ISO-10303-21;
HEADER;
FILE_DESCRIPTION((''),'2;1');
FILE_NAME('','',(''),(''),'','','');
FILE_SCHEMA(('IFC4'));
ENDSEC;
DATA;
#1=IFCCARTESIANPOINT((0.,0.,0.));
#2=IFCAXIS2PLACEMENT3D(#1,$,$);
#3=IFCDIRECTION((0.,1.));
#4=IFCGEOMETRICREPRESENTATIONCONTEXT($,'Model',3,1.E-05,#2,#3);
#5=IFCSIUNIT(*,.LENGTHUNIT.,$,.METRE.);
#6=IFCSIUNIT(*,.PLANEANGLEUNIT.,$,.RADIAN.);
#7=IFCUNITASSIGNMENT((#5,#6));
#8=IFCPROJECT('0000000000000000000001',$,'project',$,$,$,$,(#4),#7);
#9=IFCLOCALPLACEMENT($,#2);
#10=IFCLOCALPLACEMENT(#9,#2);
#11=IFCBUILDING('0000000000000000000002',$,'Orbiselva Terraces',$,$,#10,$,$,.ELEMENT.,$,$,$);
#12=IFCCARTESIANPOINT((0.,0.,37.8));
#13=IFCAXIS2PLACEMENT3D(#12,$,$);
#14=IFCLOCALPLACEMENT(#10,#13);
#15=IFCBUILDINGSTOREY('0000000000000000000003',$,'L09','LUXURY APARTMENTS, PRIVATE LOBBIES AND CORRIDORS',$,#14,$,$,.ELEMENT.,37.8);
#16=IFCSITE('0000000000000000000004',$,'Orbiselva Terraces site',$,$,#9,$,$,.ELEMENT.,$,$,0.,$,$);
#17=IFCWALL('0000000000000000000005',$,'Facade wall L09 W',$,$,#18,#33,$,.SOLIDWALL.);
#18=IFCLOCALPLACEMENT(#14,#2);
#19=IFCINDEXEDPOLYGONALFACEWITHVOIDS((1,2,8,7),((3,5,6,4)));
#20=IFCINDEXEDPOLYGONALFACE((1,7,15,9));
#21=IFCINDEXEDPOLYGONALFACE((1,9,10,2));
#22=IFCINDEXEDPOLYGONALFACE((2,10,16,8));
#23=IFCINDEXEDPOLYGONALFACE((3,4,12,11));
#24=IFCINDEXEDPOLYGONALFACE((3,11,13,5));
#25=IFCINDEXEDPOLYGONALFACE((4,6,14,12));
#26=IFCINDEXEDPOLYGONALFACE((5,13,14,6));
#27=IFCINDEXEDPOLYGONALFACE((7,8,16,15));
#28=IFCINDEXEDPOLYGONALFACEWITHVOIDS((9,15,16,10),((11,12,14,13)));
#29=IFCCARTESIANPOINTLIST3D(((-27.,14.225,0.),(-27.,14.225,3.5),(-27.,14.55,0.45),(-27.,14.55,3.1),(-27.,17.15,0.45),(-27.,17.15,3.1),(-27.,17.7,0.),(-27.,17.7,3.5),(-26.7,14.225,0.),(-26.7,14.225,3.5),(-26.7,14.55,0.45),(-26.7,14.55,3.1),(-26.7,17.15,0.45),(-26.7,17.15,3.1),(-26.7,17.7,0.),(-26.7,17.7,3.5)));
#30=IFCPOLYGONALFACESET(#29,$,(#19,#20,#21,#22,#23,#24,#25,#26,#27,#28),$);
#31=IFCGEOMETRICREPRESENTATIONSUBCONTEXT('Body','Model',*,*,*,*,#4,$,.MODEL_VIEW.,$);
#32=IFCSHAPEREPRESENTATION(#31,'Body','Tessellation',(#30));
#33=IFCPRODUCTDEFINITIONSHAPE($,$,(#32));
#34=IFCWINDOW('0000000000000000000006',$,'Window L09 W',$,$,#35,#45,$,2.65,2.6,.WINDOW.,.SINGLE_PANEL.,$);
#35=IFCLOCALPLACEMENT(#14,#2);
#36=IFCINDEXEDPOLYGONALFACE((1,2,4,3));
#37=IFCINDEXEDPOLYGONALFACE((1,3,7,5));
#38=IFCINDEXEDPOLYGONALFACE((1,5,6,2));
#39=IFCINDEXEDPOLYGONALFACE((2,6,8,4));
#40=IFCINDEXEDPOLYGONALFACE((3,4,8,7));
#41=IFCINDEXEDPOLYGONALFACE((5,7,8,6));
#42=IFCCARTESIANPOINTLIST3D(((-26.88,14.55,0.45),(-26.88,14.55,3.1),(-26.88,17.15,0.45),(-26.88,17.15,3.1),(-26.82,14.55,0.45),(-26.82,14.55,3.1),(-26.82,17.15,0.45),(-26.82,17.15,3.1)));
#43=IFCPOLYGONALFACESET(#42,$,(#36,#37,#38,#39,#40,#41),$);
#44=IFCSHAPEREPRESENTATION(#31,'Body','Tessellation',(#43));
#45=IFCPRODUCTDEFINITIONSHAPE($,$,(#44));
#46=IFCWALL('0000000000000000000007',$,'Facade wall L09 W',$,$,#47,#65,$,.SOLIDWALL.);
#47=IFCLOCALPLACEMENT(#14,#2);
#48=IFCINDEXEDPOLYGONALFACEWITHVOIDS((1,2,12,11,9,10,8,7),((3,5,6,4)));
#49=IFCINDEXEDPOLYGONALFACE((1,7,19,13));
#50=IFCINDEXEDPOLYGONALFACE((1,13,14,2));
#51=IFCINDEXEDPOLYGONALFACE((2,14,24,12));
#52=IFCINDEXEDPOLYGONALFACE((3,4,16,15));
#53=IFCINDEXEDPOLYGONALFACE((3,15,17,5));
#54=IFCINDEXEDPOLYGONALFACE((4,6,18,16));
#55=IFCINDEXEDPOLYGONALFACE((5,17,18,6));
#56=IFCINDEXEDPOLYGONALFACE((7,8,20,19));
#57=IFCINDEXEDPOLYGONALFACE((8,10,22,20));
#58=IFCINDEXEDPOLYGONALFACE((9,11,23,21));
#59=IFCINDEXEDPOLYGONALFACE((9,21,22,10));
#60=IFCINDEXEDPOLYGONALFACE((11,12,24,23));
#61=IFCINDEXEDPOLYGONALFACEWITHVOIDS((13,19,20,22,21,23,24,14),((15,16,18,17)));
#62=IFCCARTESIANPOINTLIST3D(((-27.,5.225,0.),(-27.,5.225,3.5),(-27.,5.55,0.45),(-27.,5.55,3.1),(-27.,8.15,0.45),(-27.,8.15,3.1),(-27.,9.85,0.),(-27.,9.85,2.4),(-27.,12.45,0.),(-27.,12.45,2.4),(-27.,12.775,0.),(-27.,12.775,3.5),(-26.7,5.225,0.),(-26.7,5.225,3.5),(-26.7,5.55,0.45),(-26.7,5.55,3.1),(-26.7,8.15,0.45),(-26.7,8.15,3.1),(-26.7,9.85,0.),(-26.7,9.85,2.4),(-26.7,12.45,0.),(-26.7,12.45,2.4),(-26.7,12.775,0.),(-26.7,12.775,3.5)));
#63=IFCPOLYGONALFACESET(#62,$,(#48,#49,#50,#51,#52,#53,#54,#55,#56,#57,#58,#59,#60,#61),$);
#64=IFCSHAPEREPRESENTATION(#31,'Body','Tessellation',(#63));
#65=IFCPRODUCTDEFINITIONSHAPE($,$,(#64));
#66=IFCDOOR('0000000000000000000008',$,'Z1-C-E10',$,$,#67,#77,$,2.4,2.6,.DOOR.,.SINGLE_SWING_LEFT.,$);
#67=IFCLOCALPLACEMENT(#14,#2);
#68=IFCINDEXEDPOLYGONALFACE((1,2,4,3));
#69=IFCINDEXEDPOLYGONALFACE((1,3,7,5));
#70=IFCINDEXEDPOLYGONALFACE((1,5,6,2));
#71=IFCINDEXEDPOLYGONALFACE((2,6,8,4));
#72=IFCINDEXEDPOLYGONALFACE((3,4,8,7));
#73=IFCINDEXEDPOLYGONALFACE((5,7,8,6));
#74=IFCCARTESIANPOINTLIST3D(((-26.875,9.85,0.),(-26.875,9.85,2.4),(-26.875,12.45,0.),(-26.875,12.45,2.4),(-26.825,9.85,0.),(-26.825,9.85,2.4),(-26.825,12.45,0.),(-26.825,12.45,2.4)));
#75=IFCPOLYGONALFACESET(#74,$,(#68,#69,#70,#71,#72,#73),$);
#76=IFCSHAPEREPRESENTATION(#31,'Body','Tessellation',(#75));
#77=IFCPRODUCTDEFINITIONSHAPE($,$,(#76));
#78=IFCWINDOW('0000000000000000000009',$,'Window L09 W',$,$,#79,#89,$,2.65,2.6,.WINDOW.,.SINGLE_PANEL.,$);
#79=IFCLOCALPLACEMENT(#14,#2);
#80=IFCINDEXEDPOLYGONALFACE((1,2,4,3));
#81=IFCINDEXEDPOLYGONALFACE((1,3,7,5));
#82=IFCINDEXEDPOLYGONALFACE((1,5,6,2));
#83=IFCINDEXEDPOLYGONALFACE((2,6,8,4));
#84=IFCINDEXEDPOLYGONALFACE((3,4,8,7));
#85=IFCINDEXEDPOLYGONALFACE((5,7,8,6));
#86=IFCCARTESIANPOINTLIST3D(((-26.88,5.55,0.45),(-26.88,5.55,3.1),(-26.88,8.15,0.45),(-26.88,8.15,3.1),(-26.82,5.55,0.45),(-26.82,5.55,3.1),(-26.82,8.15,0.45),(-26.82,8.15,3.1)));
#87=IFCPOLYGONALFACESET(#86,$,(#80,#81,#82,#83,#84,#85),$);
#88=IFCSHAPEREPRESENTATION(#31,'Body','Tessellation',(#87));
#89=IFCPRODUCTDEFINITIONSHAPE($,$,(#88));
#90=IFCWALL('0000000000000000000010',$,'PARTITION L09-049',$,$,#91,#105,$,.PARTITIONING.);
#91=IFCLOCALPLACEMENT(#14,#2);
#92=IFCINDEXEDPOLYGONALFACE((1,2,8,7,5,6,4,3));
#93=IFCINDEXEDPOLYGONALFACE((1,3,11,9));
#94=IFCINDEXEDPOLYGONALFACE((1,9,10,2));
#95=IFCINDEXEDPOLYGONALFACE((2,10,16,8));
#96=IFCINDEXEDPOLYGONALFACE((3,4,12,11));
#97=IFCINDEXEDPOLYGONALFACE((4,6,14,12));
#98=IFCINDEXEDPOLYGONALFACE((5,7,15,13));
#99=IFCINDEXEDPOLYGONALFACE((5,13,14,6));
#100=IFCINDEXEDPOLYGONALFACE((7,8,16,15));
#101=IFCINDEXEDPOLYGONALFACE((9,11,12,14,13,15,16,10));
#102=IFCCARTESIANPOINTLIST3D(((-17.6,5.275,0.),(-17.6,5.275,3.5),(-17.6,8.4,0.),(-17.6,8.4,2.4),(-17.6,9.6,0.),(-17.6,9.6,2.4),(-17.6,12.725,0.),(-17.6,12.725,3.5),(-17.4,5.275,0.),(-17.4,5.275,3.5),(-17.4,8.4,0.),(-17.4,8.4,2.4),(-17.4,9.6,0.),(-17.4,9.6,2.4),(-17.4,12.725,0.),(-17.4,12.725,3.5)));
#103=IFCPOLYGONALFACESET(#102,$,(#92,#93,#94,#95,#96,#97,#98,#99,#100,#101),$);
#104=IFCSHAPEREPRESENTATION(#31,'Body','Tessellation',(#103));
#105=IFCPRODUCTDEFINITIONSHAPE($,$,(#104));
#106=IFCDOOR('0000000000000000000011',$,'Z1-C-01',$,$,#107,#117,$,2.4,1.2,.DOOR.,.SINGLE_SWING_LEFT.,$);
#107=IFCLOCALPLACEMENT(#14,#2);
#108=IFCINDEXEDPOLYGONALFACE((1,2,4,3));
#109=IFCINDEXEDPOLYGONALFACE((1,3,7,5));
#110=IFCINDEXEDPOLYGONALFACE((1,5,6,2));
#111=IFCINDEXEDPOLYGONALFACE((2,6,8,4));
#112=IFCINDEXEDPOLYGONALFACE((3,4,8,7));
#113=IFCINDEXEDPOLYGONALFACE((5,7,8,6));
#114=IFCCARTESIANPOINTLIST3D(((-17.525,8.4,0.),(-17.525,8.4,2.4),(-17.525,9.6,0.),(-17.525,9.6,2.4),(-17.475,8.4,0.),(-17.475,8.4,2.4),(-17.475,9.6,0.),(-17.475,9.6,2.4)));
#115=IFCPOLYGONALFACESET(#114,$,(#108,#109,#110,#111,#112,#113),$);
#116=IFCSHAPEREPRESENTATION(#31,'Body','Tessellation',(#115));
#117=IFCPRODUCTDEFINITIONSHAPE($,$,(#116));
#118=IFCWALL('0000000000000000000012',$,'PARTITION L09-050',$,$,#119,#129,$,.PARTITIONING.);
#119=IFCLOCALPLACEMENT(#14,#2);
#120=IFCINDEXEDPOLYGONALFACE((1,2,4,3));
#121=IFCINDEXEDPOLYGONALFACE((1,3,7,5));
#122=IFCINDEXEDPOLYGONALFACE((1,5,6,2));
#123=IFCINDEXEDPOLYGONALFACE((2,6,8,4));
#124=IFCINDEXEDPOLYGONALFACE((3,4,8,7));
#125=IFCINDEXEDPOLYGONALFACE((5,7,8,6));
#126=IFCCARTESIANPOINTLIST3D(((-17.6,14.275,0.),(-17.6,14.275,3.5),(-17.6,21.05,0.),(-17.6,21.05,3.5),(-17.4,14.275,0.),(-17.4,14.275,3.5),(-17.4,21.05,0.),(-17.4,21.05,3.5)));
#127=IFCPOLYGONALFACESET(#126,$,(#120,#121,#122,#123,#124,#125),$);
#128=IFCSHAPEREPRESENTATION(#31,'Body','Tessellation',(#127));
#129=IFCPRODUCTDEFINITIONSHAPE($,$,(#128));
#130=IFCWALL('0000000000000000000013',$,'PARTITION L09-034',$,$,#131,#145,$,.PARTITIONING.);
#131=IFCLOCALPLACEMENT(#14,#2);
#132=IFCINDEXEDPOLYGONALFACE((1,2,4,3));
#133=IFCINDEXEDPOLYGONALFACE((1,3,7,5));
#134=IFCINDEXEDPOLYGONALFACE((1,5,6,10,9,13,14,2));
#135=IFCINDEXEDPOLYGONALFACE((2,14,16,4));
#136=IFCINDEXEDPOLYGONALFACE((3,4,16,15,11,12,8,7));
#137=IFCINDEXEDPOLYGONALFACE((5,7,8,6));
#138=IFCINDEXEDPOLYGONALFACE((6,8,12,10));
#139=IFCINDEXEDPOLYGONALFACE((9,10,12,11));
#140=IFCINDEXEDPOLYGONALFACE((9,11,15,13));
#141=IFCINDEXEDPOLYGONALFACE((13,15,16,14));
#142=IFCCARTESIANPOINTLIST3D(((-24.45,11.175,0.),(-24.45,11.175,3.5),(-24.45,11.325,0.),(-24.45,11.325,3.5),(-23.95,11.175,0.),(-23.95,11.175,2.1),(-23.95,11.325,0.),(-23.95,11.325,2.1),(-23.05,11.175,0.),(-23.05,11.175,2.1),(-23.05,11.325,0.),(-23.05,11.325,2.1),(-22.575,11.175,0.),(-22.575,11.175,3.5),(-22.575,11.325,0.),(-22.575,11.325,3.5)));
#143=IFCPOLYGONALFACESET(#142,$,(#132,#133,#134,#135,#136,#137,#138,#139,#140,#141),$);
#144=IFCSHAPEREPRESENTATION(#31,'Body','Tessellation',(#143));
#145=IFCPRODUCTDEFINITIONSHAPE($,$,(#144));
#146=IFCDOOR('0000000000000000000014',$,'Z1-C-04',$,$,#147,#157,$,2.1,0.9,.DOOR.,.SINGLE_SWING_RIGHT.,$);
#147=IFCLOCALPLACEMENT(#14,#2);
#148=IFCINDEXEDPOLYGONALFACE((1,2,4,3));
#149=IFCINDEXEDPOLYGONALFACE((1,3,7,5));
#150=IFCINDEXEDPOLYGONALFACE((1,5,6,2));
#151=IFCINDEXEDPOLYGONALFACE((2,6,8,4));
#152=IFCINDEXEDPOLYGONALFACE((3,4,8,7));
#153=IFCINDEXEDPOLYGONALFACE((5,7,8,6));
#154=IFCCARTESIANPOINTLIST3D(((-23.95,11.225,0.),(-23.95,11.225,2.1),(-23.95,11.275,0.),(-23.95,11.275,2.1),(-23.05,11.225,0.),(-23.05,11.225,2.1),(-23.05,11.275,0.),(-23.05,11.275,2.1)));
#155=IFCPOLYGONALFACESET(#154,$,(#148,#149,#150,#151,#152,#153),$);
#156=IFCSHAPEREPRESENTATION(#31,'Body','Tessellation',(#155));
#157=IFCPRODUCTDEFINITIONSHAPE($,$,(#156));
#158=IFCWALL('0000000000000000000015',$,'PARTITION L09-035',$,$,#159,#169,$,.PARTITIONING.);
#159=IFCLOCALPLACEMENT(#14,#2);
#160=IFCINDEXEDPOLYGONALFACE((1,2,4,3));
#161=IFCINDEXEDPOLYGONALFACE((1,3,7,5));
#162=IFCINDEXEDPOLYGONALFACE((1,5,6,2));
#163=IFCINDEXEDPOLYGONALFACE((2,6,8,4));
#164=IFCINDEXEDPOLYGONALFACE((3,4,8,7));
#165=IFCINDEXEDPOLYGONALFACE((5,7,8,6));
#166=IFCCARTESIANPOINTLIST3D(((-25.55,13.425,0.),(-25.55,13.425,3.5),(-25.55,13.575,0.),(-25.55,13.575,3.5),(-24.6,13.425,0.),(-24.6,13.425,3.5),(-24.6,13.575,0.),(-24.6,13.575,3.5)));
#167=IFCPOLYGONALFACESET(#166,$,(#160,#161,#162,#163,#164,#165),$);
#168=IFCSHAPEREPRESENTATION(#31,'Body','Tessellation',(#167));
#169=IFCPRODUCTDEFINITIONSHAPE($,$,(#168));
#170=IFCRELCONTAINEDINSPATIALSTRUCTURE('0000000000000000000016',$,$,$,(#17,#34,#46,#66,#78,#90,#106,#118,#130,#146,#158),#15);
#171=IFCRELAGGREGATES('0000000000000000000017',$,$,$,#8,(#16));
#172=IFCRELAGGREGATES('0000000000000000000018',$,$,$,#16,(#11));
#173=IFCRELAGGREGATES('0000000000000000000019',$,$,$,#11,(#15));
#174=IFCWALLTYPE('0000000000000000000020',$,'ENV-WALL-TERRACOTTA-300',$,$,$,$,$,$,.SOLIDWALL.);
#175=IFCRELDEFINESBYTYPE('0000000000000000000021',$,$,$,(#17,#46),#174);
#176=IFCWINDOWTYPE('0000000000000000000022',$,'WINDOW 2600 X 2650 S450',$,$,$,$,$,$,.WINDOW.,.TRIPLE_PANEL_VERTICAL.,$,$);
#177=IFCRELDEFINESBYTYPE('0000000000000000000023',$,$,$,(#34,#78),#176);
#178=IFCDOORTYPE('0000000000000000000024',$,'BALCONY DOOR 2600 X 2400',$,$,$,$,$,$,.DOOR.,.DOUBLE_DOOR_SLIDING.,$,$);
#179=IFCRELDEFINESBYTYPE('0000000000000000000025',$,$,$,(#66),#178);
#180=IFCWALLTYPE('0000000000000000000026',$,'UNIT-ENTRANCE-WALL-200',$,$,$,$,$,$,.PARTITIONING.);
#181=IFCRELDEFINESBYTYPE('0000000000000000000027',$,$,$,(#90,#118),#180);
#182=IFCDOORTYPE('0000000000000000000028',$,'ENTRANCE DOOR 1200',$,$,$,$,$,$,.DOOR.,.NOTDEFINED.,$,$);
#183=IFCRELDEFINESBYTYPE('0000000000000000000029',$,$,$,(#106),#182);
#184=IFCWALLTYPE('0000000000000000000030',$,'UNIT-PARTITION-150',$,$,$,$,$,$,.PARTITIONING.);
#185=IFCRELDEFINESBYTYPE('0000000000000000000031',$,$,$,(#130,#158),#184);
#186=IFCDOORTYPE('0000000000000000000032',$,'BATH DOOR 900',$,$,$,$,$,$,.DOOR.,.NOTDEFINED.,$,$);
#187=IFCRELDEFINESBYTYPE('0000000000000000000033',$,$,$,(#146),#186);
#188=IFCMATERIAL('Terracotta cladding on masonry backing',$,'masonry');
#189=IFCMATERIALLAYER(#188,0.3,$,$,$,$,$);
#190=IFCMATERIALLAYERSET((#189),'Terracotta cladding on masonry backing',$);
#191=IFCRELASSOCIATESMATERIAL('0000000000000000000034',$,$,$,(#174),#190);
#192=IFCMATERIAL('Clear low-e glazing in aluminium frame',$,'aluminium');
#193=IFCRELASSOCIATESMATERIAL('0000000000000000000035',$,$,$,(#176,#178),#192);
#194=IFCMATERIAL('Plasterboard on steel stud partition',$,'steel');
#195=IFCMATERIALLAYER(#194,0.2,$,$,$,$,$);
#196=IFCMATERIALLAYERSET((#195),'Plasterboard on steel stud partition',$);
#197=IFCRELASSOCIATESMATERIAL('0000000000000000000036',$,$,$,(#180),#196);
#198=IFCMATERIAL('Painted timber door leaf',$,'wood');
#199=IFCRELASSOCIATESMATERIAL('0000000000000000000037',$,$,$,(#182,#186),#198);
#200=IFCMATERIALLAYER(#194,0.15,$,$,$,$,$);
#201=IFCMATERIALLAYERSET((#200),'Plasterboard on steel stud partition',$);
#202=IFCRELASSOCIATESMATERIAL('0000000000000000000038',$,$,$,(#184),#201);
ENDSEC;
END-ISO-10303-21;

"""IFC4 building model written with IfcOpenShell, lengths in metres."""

from ifc_helpers import new_model, si_unit, direction, frame, frame_2d, origin, place, context, subcontext, project, spatial, rectangle, extrude, material, layer, layer_set, type_object, element, fill, save


model = new_model("IFC4")

# Units and contexts
model_context = context("Model", 3, precision=1e-05, world=origin(), true_north=direction((0.0, 1.0)))
body_context = subcontext(model_context, "Body", "Model", "MODEL_VIEW")
ifc_project = project(units=[si_unit("LENGTHUNIT", "METRE"), si_unit("PLANEANGLEUNIT", "RADIAN")], contexts=[model_context])

# Site, building, storey
site_placement = place(None, origin())
site = spatial("IfcSite", under=ifc_project, at=site_placement, Name="Orbiselva Terraces site", CompositionType="ELEMENT", RefElevation=0.0)
building_placement = place(site_placement, origin())
building = spatial("IfcBuilding", under=site, at=building_placement, Name="Orbiselva Terraces", CompositionType="ELEMENT")
storey_placement = place(building_placement, frame((0.0, 0.0, 37.8)))
storey = spatial("IfcBuildingStorey", under=building, at=storey_placement, Name="L09", Description="LUXURY APARTMENTS, PRIVATE LOBBIES AND CORRIDORS", CompositionType="ELEMENT", Elevation=37.8)

# Wall, opening, window
ifc_material_1 = material(Name="Terracotta cladding on masonry backing", Category="masonry")
ifc_layer_1 = layer(ifc_material_1, 0.3)
ifc_layer_set_1 = layer_set([ifc_layer_1], Name="Terracotta cladding on masonry backing")
wall_type_1 = type_object("IfcWallType", Name="ENV-WALL-TERRACOTTA-300", PredefinedType="SOLIDWALL", material=ifc_layer_set_1)
wall_1_placement = place(storey_placement, frame((-26.85, 14.225, 0.0), z_axis=(0.0, 0.0, 1.0), x_axis=(0.0, 1.0, 0.0)))
wall_1 = element("IfcWall", 1, at=wall_1_placement, inside=storey, type_object=wall_type_1, Name="Facade wall L09 W", PredefinedType="SOLIDWALL", context=body_context, shape_type="SweptSolid", body=[
    extrude(rectangle(XDim=3.475, YDim=0.3, at=frame_2d((1.7375, 0.0))), origin(), (0.0, 0.0, 1.0), 3.5),
])
opening_1_placement = place(wall_1_placement, frame((0.325, 0.0, 0.45)))
opening_1 = element("IfcOpeningElement", 2, at=opening_1_placement, cuts=wall_1, PredefinedType="OPENING", context=body_context, shape_type="SweptSolid", body=[
    extrude(rectangle(XDim=2.6, YDim=2.65, at=frame_2d((1.3, 1.325))), frame((0.0, 0.16, 0.0), z_axis=(0.0, -1.0, 0.0), x_axis=(1.0, 0.0, 0.0)), (0.0, 0.0, 1.0), 0.32),
])
ifc_material_2 = material(Name="Clear low-e glazing in aluminium frame", Category="aluminium")
window_type = type_object("IfcWindowType", Name="WINDOW 2600 X 2650 S450", PartitioningType="TRIPLE_PANEL_VERTICAL", PredefinedType="WINDOW", material=ifc_material_2)
window_1_placement = place(opening_1_placement, origin())
window_1 = element("IfcWindow", 3, at=window_1_placement, inside=storey, type_object=window_type, Name="Window L09 W", OverallHeight=2.65, OverallWidth=2.6, PartitioningType="SINGLE_PANEL", PredefinedType="WINDOW", context=body_context, shape_type="SweptSolid", body=[
    extrude(rectangle(XDim=2.6, YDim=2.65, at=frame_2d((1.3, 1.325))), frame((0.0, 0.03, 0.0), z_axis=(0.0, -1.0, 0.0), x_axis=(1.0, 0.0, 0.0)), (0.0, 0.0, 1.0), 0.06),
])
fill(opening_1, window_1)

# Wall, openings, door, window
wall_2_placement = place(storey_placement, frame((-26.85, 5.225, 0.0), z_axis=(0.0, 0.0, 1.0), x_axis=(0.0, 1.0, 0.0)))
wall_2 = element("IfcWall", 4, at=wall_2_placement, inside=storey, type_object=wall_type_1, Name="Facade wall L09 W", PredefinedType="SOLIDWALL", context=body_context, shape_type="SweptSolid", body=[
    extrude(rectangle(XDim=7.55, YDim=0.3, at=frame_2d((3.775, 0.0))), origin(), (0.0, 0.0, 1.0), 3.5),
])
opening_2_placement = place(wall_2_placement, frame((4.625, 0.0, 0.0)))
opening_2 = element("IfcOpeningElement", 5, at=opening_2_placement, cuts=wall_2, PredefinedType="OPENING", context=body_context, shape_type="SweptSolid", body=[
    extrude(rectangle(XDim=2.6, YDim=2.4, at=frame_2d((1.3, 1.2))), frame((0.0, 0.16, 0.0), z_axis=(0.0, -1.0, 0.0), x_axis=(1.0, 0.0, 0.0)), (0.0, 0.0, 1.0), 0.32),
])
opening_3_placement = place(wall_2_placement, frame((0.325, 0.0, 0.45)))
opening_3 = element("IfcOpeningElement", 6, at=opening_3_placement, cuts=wall_2, PredefinedType="OPENING", context=body_context, shape_type="SweptSolid", body=[
    extrude(rectangle(XDim=2.6, YDim=2.65, at=frame_2d((1.3, 1.325))), frame((0.0, 0.16, 0.0), z_axis=(0.0, -1.0, 0.0), x_axis=(1.0, 0.0, 0.0)), (0.0, 0.0, 1.0), 0.32),
])
door_type_1 = type_object("IfcDoorType", Name="BALCONY DOOR 2600 X 2400", OperationType="DOUBLE_DOOR_SLIDING", PredefinedType="DOOR", material=ifc_material_2)
door_1_placement = place(opening_2_placement, origin())
door_1 = element("IfcDoor", 7, at=door_1_placement, inside=storey, type_object=door_type_1, Name="Z1-C-E10", OperationType="SINGLE_SWING_LEFT", OverallHeight=2.4, OverallWidth=2.6, PredefinedType="DOOR", context=body_context, shape_type="SweptSolid", body=[
    extrude(rectangle(XDim=2.6, YDim=2.4, at=frame_2d((1.3, 1.2))), frame((0.0, 0.025, 0.0), z_axis=(0.0, -1.0, 0.0), x_axis=(1.0, 0.0, 0.0)), (0.0, 0.0, 1.0), 0.05),
])
fill(opening_2, door_1)
window_2_placement = place(opening_3_placement, origin())
window_2 = element("IfcWindow", 8, at=window_2_placement, inside=storey, type_object=window_type, Name="Window L09 W", OverallHeight=2.65, OverallWidth=2.6, PartitioningType="SINGLE_PANEL", PredefinedType="WINDOW", context=body_context, shape_type="SweptSolid", body=[
    extrude(rectangle(XDim=2.6, YDim=2.65, at=frame_2d((1.3, 1.325))), frame((0.0, 0.03, 0.0), z_axis=(0.0, -1.0, 0.0), x_axis=(1.0, 0.0, 0.0)), (0.0, 0.0, 1.0), 0.06),
])
fill(opening_3, window_2)

# Wall, opening, door
ifc_material_3 = material(Name="Plasterboard on steel stud partition", Category="steel")
ifc_layer_2 = layer(ifc_material_3, 0.2)
ifc_layer_set_2 = layer_set([ifc_layer_2], Name="Plasterboard on steel stud partition")
wall_type_2 = type_object("IfcWallType", Name="UNIT-ENTRANCE-WALL-200", PredefinedType="PARTITIONING", material=ifc_layer_set_2)
wall_3_placement = place(storey_placement, frame((-17.5, 5.275, 0.0), z_axis=(0.0, 0.0, 1.0), x_axis=(0.0, 1.0, 0.0)))
wall_3 = element("IfcWall", 9, at=wall_3_placement, inside=storey, type_object=wall_type_2, Name="PARTITION L09-049", PredefinedType="PARTITIONING", context=body_context, shape_type="SweptSolid", body=[
    extrude(rectangle(XDim=7.45, YDim=0.2, at=frame_2d((3.725, 0.0))), origin(), (0.0, 0.0, 1.0), 3.5),
])
opening_4_placement = place(wall_3_placement, frame((3.125, 0.0, 0.0)))
opening_4 = element("IfcOpeningElement", 10, at=opening_4_placement, cuts=wall_3, PredefinedType="OPENING", context=body_context, shape_type="SweptSolid", body=[
    extrude(rectangle(XDim=1.2, YDim=2.4, at=frame_2d((0.6, 1.2))), frame((0.0, 0.11, 0.0), z_axis=(0.0, -1.0, 0.0), x_axis=(1.0, 0.0, 0.0)), (0.0, 0.0, 1.0), 0.22),
])
ifc_material_4 = material(Name="Painted timber door leaf", Category="wood")
door_type_2 = type_object("IfcDoorType", Name="ENTRANCE DOOR 1200", OperationType="NOTDEFINED", PredefinedType="DOOR", material=ifc_material_4)
door_2_placement = place(opening_4_placement, origin())
door_2 = element("IfcDoor", 11, at=door_2_placement, inside=storey, type_object=door_type_2, Name="Z1-C-01", OperationType="SINGLE_SWING_LEFT", OverallHeight=2.4, OverallWidth=1.2, PredefinedType="DOOR", context=body_context, shape_type="SweptSolid", body=[
    extrude(rectangle(XDim=1.2, YDim=2.4, at=frame_2d((0.6, 1.2))), frame((0.0, 0.025, 0.0), z_axis=(0.0, -1.0, 0.0), x_axis=(1.0, 0.0, 0.0)), (0.0, 0.0, 1.0), 0.05),
])
fill(opening_4, door_2)

# Wall
wall_4_placement = place(storey_placement, frame((-17.5, 14.275, 0.0), z_axis=(0.0, 0.0, 1.0), x_axis=(0.0, 1.0, 0.0)))
element("IfcWall", 12, at=wall_4_placement, inside=storey, type_object=wall_type_2, Name="PARTITION L09-050", PredefinedType="PARTITIONING", context=body_context, shape_type="SweptSolid", body=[
    extrude(rectangle(XDim=6.775, YDim=0.2, at=frame_2d((3.3875, 0.0))), origin(), (0.0, 0.0, 1.0), 3.5),
])

# Wall, opening, door
ifc_layer_3 = layer(ifc_material_3, 0.15)
ifc_layer_set_3 = layer_set([ifc_layer_3], Name="Plasterboard on steel stud partition")
wall_type_3 = type_object("IfcWallType", Name="UNIT-PARTITION-150", PredefinedType="PARTITIONING", material=ifc_layer_set_3)
wall_5_placement = place(storey_placement, frame((-24.45, 11.25, 0.0), z_axis=(0.0, 0.0, 1.0), x_axis=(1.0, 0.0, 0.0)))
wall_5 = element("IfcWall", 13, at=wall_5_placement, inside=storey, type_object=wall_type_3, Name="PARTITION L09-034", PredefinedType="PARTITIONING", context=body_context, shape_type="SweptSolid", body=[
    extrude(rectangle(XDim=1.875, YDim=0.15, at=frame_2d((0.9375, 0.0))), origin(), (0.0, 0.0, 1.0), 3.5),
])
opening_5_placement = place(wall_5_placement, frame((0.5, 0.0, 0.0)))
opening_5 = element("IfcOpeningElement", 14, at=opening_5_placement, cuts=wall_5, PredefinedType="OPENING", context=body_context, shape_type="SweptSolid", body=[
    extrude(rectangle(XDim=0.9, YDim=2.1, at=frame_2d((0.45, 1.05))), frame((0.0, 0.085, 0.0), z_axis=(0.0, -1.0, 0.0), x_axis=(1.0, 0.0, 0.0)), (0.0, 0.0, 1.0), 0.17),
])
door_type_3 = type_object("IfcDoorType", Name="BATH DOOR 900", OperationType="NOTDEFINED", PredefinedType="DOOR", material=ifc_material_4)
door_3_placement = place(opening_5_placement, origin())
door_3 = element("IfcDoor", 15, at=door_3_placement, inside=storey, type_object=door_type_3, Name="Z1-C-04", OperationType="SINGLE_SWING_RIGHT", OverallHeight=2.1, OverallWidth=0.9, PredefinedType="DOOR", context=body_context, shape_type="SweptSolid", body=[
    extrude(rectangle(XDim=0.9, YDim=2.1, at=frame_2d((0.45, 1.05))), frame((0.0, 0.025, 0.0), z_axis=(0.0, -1.0, 0.0), x_axis=(1.0, 0.0, 0.0)), (0.0, 0.0, 1.0), 0.05),
])
fill(opening_5, door_3)

# Wall
wall_6_placement = place(storey_placement, frame((-25.55, 13.5, 0.0), z_axis=(0.0, 0.0, 1.0), x_axis=(1.0, 0.0, 0.0)))
element("IfcWall", 16, at=wall_6_placement, inside=storey, type_object=wall_type_3, Name="PARTITION L09-035", PredefinedType="PARTITIONING", context=body_context, shape_type="SweptSolid", body=[
    extrude(rectangle(XDim=0.95, YDim=0.15, at=frame_2d((0.475, 0.0))), origin(), (0.0, 0.0, 1.0), 3.5),
])

save(model, "model.ifc")
